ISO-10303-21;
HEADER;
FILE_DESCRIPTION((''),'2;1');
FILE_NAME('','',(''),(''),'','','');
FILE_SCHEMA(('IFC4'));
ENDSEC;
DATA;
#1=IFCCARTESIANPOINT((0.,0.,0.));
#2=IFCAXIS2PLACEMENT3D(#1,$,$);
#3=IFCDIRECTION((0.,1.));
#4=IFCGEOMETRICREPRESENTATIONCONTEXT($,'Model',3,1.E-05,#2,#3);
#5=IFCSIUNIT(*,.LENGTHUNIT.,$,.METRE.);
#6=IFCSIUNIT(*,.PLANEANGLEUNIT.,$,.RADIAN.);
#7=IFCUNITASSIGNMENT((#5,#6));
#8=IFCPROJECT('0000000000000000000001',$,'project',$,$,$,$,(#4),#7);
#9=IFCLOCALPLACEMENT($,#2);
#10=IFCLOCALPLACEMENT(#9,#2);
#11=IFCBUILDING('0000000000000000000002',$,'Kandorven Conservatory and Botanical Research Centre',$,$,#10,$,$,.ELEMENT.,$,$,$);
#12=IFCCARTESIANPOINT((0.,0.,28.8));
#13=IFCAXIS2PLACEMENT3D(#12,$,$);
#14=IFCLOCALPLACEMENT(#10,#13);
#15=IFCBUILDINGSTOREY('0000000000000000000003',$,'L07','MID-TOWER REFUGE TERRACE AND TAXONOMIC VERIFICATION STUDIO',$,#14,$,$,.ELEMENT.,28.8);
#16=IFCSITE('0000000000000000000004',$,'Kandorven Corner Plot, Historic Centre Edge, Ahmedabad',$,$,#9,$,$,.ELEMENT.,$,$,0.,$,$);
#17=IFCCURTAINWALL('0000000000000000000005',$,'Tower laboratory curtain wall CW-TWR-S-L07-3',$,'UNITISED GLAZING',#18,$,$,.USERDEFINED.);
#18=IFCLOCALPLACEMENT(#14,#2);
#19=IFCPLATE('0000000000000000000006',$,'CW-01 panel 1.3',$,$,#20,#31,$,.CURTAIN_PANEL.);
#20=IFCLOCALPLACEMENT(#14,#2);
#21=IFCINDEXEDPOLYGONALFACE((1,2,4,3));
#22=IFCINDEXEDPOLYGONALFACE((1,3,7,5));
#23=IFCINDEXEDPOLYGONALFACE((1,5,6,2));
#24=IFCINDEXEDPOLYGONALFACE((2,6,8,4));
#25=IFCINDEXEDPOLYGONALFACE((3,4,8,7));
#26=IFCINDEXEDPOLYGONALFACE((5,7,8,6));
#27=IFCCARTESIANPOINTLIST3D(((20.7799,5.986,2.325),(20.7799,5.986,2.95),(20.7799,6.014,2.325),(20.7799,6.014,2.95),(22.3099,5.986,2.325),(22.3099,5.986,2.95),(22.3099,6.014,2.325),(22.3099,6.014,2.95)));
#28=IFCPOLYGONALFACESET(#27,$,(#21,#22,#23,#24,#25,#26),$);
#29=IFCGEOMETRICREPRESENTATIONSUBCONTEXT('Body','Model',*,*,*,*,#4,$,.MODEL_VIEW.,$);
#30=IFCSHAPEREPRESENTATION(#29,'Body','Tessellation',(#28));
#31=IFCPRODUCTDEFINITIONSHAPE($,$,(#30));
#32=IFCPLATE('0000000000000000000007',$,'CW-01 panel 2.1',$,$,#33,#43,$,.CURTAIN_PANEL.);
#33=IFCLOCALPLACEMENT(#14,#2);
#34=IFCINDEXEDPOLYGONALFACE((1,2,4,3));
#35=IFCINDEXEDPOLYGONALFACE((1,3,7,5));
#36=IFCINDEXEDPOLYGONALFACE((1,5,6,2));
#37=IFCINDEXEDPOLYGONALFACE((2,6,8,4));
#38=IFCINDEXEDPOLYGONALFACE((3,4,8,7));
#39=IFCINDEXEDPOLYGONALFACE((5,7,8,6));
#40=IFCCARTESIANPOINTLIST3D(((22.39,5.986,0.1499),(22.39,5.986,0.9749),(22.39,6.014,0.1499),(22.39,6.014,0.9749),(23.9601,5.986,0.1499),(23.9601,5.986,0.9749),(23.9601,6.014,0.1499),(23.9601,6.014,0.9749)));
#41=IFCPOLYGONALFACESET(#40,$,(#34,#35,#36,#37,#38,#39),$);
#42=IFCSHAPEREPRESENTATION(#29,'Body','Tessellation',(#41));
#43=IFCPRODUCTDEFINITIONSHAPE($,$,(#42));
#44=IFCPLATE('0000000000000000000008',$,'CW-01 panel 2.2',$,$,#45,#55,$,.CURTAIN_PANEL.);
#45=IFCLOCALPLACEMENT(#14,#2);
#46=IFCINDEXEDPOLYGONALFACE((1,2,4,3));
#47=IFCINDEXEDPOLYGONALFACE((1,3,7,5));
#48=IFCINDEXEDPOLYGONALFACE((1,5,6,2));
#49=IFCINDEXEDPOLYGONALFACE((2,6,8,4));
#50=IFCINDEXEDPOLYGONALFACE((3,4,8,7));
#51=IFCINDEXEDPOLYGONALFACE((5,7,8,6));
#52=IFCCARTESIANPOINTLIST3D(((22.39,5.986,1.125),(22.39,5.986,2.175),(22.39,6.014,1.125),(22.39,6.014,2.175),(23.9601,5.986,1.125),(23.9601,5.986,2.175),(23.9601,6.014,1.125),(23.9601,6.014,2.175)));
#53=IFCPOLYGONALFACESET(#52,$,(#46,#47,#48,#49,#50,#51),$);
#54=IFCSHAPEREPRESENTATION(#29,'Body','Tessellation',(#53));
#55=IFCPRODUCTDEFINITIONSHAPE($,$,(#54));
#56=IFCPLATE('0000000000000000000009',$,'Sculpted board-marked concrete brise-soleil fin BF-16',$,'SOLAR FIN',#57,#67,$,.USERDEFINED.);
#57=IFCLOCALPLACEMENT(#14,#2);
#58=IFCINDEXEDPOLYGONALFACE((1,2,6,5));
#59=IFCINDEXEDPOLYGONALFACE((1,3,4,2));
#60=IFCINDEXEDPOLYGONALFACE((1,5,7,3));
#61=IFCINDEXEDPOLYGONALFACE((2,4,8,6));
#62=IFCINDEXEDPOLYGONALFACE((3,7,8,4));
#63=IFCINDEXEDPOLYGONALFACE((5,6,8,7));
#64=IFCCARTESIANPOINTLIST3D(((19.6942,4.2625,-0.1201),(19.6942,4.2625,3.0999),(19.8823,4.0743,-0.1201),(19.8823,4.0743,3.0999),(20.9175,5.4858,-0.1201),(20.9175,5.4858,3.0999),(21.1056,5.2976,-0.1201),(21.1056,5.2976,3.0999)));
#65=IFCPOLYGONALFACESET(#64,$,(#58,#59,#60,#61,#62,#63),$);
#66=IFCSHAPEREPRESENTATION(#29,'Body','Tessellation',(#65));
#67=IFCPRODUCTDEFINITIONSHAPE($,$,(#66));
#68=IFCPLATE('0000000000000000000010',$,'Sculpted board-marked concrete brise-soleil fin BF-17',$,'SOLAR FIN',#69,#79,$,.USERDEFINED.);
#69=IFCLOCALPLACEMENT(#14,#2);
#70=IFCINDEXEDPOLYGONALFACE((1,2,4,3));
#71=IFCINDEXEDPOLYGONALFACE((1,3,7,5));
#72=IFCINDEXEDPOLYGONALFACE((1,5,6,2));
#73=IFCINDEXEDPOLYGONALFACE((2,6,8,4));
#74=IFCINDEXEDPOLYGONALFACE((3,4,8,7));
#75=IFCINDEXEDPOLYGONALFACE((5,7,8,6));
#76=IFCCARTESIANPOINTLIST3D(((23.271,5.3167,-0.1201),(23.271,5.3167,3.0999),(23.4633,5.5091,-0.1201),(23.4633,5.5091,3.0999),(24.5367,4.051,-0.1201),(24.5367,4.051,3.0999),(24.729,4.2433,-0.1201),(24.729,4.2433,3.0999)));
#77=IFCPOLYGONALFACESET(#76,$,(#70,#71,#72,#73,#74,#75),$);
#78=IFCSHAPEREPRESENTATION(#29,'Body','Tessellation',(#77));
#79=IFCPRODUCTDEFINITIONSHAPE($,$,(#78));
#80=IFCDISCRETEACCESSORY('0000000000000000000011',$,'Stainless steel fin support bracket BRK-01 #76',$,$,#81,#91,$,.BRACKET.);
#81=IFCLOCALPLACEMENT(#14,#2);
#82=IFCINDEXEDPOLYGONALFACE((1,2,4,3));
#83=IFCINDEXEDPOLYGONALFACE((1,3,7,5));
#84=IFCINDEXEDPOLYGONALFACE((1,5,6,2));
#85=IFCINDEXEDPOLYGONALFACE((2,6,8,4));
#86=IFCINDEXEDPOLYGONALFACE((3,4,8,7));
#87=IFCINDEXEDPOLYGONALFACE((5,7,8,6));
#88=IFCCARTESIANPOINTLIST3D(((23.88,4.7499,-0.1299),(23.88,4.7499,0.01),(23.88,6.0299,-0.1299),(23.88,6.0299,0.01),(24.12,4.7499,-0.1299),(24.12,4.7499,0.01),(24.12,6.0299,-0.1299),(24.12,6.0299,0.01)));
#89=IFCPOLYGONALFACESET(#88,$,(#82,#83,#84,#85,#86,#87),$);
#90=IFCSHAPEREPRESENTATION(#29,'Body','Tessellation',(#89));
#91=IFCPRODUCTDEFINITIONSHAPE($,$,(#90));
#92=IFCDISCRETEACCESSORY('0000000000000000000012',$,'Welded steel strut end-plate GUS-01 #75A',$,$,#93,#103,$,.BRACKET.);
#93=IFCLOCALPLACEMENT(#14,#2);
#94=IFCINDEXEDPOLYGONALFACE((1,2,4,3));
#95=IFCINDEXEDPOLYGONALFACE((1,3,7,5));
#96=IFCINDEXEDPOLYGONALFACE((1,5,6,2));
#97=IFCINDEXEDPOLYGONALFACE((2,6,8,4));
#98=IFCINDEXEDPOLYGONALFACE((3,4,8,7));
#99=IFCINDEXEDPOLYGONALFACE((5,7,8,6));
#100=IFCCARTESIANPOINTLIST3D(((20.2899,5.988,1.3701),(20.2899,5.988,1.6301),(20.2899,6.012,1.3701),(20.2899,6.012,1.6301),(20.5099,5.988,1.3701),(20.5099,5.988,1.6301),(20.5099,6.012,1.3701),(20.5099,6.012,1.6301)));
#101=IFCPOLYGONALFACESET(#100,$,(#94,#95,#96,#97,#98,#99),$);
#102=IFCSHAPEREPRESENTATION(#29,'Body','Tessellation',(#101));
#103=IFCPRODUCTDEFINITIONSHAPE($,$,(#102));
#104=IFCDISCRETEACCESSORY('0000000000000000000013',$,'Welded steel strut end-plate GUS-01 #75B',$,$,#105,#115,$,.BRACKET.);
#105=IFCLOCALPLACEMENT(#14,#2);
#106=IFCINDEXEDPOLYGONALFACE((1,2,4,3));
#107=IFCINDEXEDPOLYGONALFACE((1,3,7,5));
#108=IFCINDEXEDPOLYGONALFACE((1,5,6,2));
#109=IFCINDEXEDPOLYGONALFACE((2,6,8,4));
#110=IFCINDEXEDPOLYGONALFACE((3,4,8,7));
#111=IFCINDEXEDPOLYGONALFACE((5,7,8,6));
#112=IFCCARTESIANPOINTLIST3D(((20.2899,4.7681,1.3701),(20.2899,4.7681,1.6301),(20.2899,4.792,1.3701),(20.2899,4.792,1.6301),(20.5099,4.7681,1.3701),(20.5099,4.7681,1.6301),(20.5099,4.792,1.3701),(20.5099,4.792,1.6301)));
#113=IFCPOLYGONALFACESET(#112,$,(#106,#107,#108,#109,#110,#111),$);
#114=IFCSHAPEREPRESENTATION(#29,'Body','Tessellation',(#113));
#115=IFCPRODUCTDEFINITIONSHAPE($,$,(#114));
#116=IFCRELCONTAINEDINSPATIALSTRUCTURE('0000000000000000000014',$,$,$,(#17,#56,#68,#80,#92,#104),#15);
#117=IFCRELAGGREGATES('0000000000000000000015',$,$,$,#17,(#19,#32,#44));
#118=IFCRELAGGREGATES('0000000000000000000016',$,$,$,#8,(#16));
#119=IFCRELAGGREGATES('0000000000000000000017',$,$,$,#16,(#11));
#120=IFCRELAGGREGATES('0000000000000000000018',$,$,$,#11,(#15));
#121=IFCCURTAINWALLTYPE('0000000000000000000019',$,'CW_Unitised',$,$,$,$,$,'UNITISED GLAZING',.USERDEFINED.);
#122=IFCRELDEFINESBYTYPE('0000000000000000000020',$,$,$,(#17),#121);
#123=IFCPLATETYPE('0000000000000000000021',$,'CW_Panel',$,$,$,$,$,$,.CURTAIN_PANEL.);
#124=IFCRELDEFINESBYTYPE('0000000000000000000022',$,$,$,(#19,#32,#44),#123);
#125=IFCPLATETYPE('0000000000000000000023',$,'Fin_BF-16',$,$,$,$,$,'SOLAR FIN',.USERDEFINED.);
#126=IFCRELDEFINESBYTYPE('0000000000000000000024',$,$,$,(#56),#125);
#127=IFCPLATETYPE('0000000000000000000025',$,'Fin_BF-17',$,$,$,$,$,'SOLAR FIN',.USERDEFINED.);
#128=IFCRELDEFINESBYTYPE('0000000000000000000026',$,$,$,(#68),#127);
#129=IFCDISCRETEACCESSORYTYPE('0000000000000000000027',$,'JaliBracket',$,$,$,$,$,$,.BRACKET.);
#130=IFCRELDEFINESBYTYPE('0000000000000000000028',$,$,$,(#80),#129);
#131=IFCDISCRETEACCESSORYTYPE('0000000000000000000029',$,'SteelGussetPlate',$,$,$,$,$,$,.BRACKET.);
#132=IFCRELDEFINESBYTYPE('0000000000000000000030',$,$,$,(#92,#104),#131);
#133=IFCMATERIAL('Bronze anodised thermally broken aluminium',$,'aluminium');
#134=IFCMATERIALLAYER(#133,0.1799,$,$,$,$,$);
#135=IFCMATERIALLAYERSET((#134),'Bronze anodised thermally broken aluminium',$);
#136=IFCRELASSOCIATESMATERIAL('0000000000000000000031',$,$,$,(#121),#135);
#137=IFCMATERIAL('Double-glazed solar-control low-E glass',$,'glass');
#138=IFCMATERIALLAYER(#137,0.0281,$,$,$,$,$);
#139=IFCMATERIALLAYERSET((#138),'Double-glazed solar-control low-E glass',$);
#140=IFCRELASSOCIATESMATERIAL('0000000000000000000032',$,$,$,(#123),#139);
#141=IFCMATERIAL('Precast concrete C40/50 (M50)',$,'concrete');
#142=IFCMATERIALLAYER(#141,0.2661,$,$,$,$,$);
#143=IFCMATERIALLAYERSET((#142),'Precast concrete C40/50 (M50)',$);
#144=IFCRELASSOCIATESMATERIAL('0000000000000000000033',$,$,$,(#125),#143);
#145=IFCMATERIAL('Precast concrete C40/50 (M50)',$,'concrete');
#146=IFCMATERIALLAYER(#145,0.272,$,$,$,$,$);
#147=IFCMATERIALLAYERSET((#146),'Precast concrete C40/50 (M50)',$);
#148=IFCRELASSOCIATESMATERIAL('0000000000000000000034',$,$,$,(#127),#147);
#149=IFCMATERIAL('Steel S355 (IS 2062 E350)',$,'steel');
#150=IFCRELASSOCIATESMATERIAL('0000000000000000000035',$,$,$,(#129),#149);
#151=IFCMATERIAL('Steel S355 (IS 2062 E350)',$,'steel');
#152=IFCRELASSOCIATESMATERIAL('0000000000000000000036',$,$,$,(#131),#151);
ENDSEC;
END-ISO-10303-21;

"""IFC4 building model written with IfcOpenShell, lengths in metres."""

from ifc_helpers import new_model, si_unit, direction, frame, origin, origin_2d, place, context, subcontext, project, spatial, rectangle, extrude, material, layer, layer_set, type_object, element, aggregate, save


model = new_model("IFC4")

# Units and contexts
model_context = context("Model", 3, precision=1e-05, world=origin(), true_north=direction((0.0, 1.0)))
body_context = subcontext(model_context, "Body", "Model", "MODEL_VIEW")
ifc_project = project(units=[si_unit("LENGTHUNIT", "METRE"), si_unit("PLANEANGLEUNIT", "RADIAN")], contexts=[model_context])

# Site, building, storey
site_placement = place(None, origin())
site = spatial("IfcSite", under=ifc_project, at=site_placement, Name="Kandorven Corner Plot, Historic Centre Edge, Ahmedabad", CompositionType="ELEMENT", RefElevation=0.0)
building_placement = place(site_placement, origin())
building = spatial("IfcBuilding", under=site, at=building_placement, Name="Kandorven Conservatory and Botanical Research Centre", CompositionType="ELEMENT")
storey_placement = place(building_placement, frame((0.0, 0.0, 28.8)))
storey = spatial("IfcBuildingStorey", under=building, at=storey_placement, Name="L07", Description="MID-TOWER REFUGE TERRACE AND TAXONOMIC VERIFICATION STUDIO", CompositionType="ELEMENT", Elevation=28.8)

# Shared definitions
ifc_material_1 = material(Name="Bronze anodised thermally broken aluminium", Category="aluminium")
ifc_layer_1 = layer(ifc_material_1, 0.1799)
ifc_layer_set_1 = layer_set([ifc_layer_1], Name="Bronze anodised thermally broken aluminium")
curtain_wall_type = type_object("IfcCurtainWallType", Name="CW_Unitised", ElementType="UNITISED GLAZING", PredefinedType="USERDEFINED", material=ifc_layer_set_1)

# Curtain wall
curtain_wall_1_placement = place(storey_placement, origin())
curtain_wall_1 = element("IfcCurtainWall", 1, at=curtain_wall_1_placement, inside=storey, type_object=curtain_wall_type, Name="Tower laboratory curtain wall CW-TWR-S-L07-3", ObjectType="UNITISED GLAZING", PredefinedType="USERDEFINED")

# Plates
ifc_material_2 = material(Name="Double-glazed solar-control low-E glass", Category="glass")
ifc_layer_2 = layer(ifc_material_2, 0.0281)
ifc_layer_set_2 = layer_set([ifc_layer_2], Name="Double-glazed solar-control low-E glass")
plate_type_1 = type_object("IfcPlateType", Name="CW_Panel", PredefinedType="CURTAIN_PANEL", material=ifc_layer_set_2)
plate_1_placement = place(storey_placement, frame((21.5449, 6.0, 2.325), z_axis=(0.0, 0.0, 1.0), x_axis=(1.0, 0.0, 0.0)))
plate_1 = element("IfcPlate", 2, at=plate_1_placement, type_object=plate_type_1, Name="CW-01 panel 1.3", PredefinedType="CURTAIN_PANEL", context=body_context, shape_type="SweptSolid", body=[
    extrude(rectangle(XDim=1.53, YDim=0.0281, at=origin_2d()), origin(), (0.0, 0.0, 1.0), 0.625),
])
plate_2_placement = place(storey_placement, frame((23.175, 6.0, 0.1499), z_axis=(0.0, 0.0, 1.0), x_axis=(1.0, 0.0, 0.0)))
plate_2 = element("IfcPlate", 3, at=plate_2_placement, type_object=plate_type_1, Name="CW-01 panel 2.1", PredefinedType="CURTAIN_PANEL", context=body_context, shape_type="SweptSolid", body=[
    extrude(rectangle(XDim=1.5701, YDim=0.0281, at=origin_2d()), origin(), (0.0, 0.0, 1.0), 0.825),
])
plate_3_placement = place(storey_placement, frame((23.175, 6.0, 1.125), z_axis=(0.0, 0.0, 1.0), x_axis=(1.0, 0.0, 0.0)))
plate_3 = element("IfcPlate", 4, at=plate_3_placement, type_object=plate_type_1, Name="CW-01 panel 2.2", PredefinedType="CURTAIN_PANEL", context=body_context, shape_type="SweptSolid", body=[
    extrude(rectangle(XDim=1.5701, YDim=0.0281, at=origin_2d()), origin(), (0.0, 0.0, 1.0), 1.05),
])
aggregate(curtain_wall_1, [plate_1, plate_2, plate_3])

# Plates
ifc_material_3 = material(Name="Precast concrete C40/50 (M50)", Category="concrete")
ifc_layer_3 = layer(ifc_material_3, 0.2661)
ifc_layer_set_3 = layer_set([ifc_layer_3], Name="Precast concrete C40/50 (M50)")
plate_type_2 = type_object("IfcPlateType", Name="Fin_BF-16", ElementType="SOLAR FIN", PredefinedType="USERDEFINED", material=ifc_layer_set_3)
plate_4_placement = place(storey_placement, frame((20.3999, 4.78, -0.1201), z_axis=(0.0, 0.0, 1.0), x_axis=(0.707107, 0.707107, 0.0)))
element("IfcPlate", 5, at=plate_4_placement, inside=storey, type_object=plate_type_2, Name="Sculpted board-marked concrete brise-soleil fin BF-16", ObjectType="SOLAR FIN", PredefinedType="USERDEFINED", context=body_context, shape_type="SweptSolid", body=[
    extrude(rectangle(XDim=1.73, YDim=0.2661, at=origin_2d()), origin(), (0.0, 0.0, 1.0), 3.22),
])
ifc_material_4 = material(Name="Precast concrete C40/50 (M50)", Category="concrete")
ifc_layer_4 = layer(ifc_material_4, 0.272)
ifc_layer_set_4 = layer_set([ifc_layer_4], Name="Precast concrete C40/50 (M50)")
plate_type_3 = type_object("IfcPlateType", Name="Fin_BF-17", ElementType="SOLAR FIN", PredefinedType="USERDEFINED", material=ifc_layer_set_4)
plate_5_placement = place(storey_placement, frame((24.0, 4.78, -0.1201), z_axis=(0.0, 0.0, 1.0), x_axis=(-0.707107, 0.707107, 0.0)))
element("IfcPlate", 6, at=plate_5_placement, inside=storey, type_object=plate_type_3, Name="Sculpted board-marked concrete brise-soleil fin BF-17", ObjectType="SOLAR FIN", PredefinedType="USERDEFINED", context=body_context, shape_type="SweptSolid", body=[
    extrude(rectangle(XDim=1.79, YDim=0.272, at=origin_2d()), origin(), (0.0, 0.0, 1.0), 3.22),
])

# Discrete accessories
ifc_material_5 = material(Name="Steel S355 (IS 2062 E350)", Category="steel")
discrete_accessory_type_1 = type_object("IfcDiscreteAccessoryType", Name="JaliBracket", PredefinedType="BRACKET", material=ifc_material_5)
discrete_accessory_placement = place(storey_placement, frame((24.0, 5.3899, -0.1299), z_axis=(0.0, 0.0, 1.0), x_axis=(1.0, 0.0, 0.0)))
element("IfcDiscreteAccessory", 7, at=discrete_accessory_placement, inside=storey, type_object=discrete_accessory_type_1, Name="Stainless steel fin support bracket BRK-01 #76", PredefinedType="BRACKET", context=body_context, shape_type="SweptSolid", body=[
    extrude(rectangle(XDim=0.24, YDim=1.28, at=origin_2d()), origin(), (0.0, 0.0, 1.0), 0.1399),
])
ifc_material_6 = material(Name="Steel S355 (IS 2062 E350)", Category="steel")
discrete_accessory_type_2 = type_object("IfcDiscreteAccessoryType", Name="SteelGussetPlate", PredefinedType="BRACKET", material=ifc_material_6)
for number, where, z_axis, x_axis, name in (
    (8, (20.3999, 6.0, 1.3701), (0.0, 0.0, 1.0), (1.0, 0.0, 0.0), "Welded steel strut end-plate GUS-01 #75A"),
    (9, (20.3999, 4.78, 1.3701), (0.0, 0.0, 1.0), (1.0, 0.0, 0.0), "Welded steel strut end-plate GUS-01 #75B"),
):
    element("IfcDiscreteAccessory", number, at=place(storey_placement, frame(where, z_axis=z_axis, x_axis=x_axis)), inside=storey, type_object=discrete_accessory_type_2, Name=name, PredefinedType="BRACKET", context=body_context, shape_type="SweptSolid", body=[
        extrude(rectangle(XDim=0.22, YDim=0.0239, at=origin_2d()), origin(), (0.0, 0.0, 1.0), 0.26),
    ])

save(model, "model.ifc")
